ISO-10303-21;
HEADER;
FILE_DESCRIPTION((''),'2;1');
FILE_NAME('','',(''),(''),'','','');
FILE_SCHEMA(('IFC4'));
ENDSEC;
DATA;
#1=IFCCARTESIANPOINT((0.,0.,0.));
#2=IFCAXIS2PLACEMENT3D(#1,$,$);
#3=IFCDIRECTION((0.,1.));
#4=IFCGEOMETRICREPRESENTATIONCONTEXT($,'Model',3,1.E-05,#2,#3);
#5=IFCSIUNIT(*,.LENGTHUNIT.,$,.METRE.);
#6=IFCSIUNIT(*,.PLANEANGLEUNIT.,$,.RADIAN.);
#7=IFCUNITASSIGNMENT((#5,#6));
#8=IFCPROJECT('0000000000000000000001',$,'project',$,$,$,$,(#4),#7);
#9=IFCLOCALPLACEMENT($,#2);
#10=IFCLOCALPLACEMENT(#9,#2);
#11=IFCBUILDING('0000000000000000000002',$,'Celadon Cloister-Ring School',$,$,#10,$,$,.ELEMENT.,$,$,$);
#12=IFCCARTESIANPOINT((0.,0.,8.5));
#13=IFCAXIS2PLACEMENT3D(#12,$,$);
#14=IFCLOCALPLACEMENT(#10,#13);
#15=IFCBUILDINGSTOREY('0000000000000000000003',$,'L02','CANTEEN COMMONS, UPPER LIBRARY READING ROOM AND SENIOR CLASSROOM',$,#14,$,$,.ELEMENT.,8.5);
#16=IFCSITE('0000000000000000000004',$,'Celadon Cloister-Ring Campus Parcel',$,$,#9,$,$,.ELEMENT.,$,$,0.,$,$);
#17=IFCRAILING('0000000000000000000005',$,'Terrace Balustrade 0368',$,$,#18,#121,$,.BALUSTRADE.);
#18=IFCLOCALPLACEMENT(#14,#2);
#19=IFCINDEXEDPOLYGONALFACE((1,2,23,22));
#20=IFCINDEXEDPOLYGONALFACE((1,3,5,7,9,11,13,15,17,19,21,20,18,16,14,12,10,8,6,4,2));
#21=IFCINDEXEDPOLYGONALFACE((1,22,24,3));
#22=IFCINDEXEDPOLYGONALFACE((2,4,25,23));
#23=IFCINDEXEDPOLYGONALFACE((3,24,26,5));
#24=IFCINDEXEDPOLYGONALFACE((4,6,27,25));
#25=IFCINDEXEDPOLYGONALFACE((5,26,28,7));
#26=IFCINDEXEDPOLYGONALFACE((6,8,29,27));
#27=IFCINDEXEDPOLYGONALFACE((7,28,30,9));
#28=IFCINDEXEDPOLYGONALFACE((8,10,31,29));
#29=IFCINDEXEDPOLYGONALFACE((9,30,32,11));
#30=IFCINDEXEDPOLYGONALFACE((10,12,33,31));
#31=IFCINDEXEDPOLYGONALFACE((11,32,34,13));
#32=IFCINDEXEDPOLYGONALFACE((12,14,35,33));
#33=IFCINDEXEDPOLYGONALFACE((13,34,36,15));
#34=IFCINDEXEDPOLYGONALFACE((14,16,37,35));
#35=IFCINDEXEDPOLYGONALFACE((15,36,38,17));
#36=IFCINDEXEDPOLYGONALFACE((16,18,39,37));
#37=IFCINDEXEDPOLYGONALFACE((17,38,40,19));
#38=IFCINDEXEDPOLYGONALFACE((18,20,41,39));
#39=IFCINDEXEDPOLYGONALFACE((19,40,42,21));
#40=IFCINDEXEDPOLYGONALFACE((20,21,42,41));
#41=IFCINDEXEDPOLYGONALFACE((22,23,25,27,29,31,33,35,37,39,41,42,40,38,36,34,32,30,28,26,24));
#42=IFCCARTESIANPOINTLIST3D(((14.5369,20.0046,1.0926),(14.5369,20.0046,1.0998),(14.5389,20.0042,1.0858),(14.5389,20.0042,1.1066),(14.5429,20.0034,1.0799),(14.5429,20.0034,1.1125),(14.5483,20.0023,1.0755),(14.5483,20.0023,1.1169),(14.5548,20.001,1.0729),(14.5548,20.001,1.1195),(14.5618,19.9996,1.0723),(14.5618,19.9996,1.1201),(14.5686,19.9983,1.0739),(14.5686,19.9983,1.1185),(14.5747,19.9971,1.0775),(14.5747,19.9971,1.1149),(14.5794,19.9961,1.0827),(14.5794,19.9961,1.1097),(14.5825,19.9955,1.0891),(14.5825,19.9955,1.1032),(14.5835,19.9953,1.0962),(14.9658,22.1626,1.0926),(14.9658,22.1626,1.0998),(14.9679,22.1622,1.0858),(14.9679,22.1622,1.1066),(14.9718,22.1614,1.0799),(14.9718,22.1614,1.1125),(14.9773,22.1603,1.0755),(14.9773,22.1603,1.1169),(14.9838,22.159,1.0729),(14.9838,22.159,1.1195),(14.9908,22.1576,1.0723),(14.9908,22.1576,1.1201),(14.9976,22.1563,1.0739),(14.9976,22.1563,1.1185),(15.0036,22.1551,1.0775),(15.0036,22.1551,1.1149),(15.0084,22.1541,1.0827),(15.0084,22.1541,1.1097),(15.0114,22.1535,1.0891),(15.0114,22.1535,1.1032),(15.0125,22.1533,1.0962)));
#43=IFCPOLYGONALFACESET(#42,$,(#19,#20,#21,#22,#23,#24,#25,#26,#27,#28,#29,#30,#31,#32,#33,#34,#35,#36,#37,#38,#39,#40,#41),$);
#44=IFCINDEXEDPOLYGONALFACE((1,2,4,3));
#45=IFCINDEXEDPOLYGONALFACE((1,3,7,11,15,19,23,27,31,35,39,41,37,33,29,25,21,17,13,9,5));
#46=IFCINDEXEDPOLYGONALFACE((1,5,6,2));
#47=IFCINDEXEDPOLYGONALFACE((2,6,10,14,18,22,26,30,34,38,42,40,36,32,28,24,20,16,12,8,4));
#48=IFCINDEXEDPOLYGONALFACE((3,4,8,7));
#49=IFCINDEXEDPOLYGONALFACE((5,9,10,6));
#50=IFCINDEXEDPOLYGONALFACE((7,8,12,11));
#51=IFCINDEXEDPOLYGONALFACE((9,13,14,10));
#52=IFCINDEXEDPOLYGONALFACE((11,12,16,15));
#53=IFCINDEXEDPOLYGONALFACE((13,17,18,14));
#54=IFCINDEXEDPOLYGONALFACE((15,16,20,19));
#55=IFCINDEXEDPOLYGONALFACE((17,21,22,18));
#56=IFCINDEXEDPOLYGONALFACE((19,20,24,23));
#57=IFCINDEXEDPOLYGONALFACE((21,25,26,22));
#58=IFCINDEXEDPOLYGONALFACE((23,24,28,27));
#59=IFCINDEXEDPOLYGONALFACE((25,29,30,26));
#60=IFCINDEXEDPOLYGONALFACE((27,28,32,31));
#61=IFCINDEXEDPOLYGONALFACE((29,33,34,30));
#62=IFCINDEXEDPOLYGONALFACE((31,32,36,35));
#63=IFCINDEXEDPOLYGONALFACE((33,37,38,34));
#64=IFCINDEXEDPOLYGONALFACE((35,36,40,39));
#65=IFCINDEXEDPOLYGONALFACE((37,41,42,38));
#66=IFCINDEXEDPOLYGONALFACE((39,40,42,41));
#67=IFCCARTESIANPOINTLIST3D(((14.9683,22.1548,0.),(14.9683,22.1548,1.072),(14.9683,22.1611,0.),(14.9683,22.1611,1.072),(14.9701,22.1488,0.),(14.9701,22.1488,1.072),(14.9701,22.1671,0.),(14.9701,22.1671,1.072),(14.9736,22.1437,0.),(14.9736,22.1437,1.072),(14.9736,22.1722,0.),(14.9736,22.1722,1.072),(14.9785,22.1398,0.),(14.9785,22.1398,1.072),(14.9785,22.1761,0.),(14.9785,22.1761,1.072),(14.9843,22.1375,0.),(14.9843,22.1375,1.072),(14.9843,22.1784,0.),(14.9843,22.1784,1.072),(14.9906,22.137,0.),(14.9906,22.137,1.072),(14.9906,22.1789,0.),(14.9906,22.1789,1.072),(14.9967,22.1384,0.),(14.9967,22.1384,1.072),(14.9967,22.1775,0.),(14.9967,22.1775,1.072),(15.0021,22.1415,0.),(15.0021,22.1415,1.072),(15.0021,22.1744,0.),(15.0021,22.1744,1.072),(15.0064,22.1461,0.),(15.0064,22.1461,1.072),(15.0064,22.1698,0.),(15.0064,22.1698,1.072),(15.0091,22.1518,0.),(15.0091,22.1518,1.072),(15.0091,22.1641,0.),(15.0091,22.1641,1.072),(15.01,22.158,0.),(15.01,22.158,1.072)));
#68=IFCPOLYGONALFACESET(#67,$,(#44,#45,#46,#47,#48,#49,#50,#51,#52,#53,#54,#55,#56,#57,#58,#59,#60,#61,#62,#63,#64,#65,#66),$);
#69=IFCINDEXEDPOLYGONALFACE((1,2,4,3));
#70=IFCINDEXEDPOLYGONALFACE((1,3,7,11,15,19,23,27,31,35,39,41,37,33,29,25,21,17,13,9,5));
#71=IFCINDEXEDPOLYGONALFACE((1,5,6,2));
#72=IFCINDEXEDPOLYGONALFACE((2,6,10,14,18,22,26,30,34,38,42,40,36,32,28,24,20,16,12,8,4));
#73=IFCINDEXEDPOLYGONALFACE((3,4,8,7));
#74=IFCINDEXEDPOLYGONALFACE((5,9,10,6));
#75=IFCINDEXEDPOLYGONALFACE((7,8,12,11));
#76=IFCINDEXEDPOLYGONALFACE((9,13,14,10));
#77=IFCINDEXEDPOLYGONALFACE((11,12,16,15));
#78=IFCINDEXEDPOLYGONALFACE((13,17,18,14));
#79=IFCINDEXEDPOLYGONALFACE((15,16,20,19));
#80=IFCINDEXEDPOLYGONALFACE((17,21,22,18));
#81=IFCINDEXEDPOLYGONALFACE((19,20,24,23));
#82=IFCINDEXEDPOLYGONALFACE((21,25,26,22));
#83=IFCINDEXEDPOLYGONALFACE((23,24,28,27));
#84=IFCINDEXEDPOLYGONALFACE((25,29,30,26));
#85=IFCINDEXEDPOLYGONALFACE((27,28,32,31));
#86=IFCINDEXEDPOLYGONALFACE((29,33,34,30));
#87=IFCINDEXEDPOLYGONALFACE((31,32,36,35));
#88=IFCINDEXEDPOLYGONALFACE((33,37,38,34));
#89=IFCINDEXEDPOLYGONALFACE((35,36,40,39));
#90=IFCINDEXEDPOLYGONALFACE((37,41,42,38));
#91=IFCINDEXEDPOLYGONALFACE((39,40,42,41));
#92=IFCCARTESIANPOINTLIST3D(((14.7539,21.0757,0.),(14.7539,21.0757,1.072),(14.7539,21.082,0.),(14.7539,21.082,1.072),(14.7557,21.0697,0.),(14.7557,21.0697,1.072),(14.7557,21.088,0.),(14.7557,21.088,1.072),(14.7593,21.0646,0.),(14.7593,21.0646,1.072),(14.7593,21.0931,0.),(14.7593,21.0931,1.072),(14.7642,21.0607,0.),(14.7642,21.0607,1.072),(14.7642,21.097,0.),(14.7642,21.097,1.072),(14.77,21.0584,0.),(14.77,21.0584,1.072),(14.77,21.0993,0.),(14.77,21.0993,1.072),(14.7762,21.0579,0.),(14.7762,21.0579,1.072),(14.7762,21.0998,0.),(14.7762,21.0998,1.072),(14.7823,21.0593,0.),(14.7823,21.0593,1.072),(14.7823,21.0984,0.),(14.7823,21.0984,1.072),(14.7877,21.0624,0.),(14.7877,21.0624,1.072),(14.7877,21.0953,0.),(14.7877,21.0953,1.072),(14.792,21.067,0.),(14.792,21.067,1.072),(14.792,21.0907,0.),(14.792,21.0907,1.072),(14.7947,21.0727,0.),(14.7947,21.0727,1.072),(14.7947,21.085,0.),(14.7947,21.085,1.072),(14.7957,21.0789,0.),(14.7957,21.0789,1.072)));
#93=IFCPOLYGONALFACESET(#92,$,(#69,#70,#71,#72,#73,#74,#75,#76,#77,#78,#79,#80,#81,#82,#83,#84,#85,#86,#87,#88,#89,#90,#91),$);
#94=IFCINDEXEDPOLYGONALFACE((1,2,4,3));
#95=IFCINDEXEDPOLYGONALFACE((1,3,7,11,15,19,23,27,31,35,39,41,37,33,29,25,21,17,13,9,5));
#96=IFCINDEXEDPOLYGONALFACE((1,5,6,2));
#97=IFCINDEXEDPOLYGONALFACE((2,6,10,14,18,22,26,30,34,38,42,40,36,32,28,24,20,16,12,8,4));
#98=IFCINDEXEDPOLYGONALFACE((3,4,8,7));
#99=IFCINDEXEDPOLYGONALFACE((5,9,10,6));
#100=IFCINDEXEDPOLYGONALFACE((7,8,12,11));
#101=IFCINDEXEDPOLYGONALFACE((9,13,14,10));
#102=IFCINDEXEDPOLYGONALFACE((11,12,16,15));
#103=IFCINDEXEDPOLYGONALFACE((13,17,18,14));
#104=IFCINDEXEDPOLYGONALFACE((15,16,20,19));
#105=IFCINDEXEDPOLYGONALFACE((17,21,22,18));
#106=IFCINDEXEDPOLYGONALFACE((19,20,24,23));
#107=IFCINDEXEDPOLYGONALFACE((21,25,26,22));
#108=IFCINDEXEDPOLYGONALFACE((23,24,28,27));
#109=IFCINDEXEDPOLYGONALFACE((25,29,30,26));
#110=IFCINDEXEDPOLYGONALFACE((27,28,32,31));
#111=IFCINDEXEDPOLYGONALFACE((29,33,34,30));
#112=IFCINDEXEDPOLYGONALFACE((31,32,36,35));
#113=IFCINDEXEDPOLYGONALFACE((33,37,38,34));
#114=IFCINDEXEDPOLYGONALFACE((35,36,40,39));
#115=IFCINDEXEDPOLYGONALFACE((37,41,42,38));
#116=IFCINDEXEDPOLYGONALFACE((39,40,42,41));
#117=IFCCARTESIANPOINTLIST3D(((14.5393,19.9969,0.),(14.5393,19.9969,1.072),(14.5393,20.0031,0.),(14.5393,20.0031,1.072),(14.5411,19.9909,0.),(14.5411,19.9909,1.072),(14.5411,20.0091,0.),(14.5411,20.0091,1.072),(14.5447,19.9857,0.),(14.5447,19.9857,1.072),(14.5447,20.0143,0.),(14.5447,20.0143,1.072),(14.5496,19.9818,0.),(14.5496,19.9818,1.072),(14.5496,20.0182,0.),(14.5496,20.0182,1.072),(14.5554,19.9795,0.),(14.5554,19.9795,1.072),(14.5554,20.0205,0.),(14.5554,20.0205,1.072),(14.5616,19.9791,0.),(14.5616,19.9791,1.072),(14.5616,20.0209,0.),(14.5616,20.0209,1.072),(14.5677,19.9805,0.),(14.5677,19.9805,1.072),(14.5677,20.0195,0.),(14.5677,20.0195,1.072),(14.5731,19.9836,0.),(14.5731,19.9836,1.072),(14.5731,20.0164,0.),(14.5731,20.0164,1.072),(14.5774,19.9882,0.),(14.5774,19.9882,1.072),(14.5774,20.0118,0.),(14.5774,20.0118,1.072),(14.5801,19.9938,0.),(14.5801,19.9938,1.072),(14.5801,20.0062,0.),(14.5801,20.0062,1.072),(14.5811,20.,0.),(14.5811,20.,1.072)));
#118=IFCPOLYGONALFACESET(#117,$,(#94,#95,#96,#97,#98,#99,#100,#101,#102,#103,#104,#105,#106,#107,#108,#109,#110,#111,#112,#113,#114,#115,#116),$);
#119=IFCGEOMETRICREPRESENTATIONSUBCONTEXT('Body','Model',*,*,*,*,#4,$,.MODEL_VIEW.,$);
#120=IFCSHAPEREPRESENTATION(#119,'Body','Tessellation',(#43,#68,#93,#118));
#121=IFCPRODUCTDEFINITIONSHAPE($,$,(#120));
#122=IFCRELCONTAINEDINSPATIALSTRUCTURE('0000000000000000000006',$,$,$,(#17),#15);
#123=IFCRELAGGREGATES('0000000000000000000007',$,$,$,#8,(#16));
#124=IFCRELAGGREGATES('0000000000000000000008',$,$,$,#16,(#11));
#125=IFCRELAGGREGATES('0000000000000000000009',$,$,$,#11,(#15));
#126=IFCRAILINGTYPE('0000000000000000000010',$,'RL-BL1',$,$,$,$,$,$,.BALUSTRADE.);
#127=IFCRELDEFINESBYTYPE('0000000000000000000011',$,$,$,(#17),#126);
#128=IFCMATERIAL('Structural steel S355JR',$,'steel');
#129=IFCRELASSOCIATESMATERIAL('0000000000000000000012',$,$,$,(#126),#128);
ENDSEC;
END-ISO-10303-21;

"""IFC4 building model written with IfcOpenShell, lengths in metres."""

from ifc_helpers import new_model, si_unit, direction, frame, origin, origin_2d, place, context, subcontext, project, spatial, circle, extrude, material, type_object, element, save


model = new_model("IFC4")

# Units and contexts
model_context = context("Model", 3, precision=1e-05, world=origin(), true_north=direction((0.0, 1.0)))
body_context = subcontext(model_context, "Body", "Model", "MODEL_VIEW")
ifc_project = project(units=[si_unit("LENGTHUNIT", "METRE"), si_unit("PLANEANGLEUNIT", "RADIAN")], contexts=[model_context])

# Site, building, storey
site_placement = place(None, origin())
site = spatial("IfcSite", under=ifc_project, at=site_placement, Name="Celadon Cloister-Ring Campus Parcel", CompositionType="ELEMENT", RefElevation=0.0)
building_placement = place(site_placement, origin())
building = spatial("IfcBuilding", under=site, at=building_placement, Name="Celadon Cloister-Ring School", CompositionType="ELEMENT")
storey_placement = place(building_placement, frame((0.0, 0.0, 8.5)))
storey = spatial("IfcBuildingStorey", under=building, at=storey_placement, Name="L02", Description="CANTEEN COMMONS, UPPER LIBRARY READING ROOM AND SENIOR CLASSROOM", CompositionType="ELEMENT", Elevation=8.5)

# Railing
ifc_material_1 = material(Name="Structural steel S355JR", Category="steel")
railing_type = type_object("IfcRailingType", Name="RL-BL1", PredefinedType="BALUSTRADE", material=ifc_material_1)
railing_1_placement = place(storey_placement, frame((14.989, 22.158, 0.0)))
element("IfcRailing", 1, at=railing_1_placement, inside=storey, type_object=railing_type, Name="Terrace Balustrade 0368", PredefinedType="BALUSTRADE", context=body_context, shape_type="SweptSolid", body=[
    extrude(circle(Radius=0.0239, at=origin_2d()), frame((0.0, 0.0, 1.0962), z_axis=(-0.194964, -0.98081, 0.0), x_axis=(0.98081, -0.194964, 0.0)), (0.0, 0.0, 1.0), 2.2002),
    extrude(circle(Radius=0.021, at=origin_2d()), origin(), (0.0, 0.0, 1.0), 1.072),
    extrude(circle(Radius=0.021, at=origin_2d()), frame((-0.2144, -1.0791, 0.0)), (0.0, 0.0, 1.0), 1.072),
    extrude(circle(Radius=0.021, at=origin_2d()), frame((-0.429, -2.158, 0.0)), (0.0, 0.0, 1.0), 1.072),
])

save(model, "model.ifc")
